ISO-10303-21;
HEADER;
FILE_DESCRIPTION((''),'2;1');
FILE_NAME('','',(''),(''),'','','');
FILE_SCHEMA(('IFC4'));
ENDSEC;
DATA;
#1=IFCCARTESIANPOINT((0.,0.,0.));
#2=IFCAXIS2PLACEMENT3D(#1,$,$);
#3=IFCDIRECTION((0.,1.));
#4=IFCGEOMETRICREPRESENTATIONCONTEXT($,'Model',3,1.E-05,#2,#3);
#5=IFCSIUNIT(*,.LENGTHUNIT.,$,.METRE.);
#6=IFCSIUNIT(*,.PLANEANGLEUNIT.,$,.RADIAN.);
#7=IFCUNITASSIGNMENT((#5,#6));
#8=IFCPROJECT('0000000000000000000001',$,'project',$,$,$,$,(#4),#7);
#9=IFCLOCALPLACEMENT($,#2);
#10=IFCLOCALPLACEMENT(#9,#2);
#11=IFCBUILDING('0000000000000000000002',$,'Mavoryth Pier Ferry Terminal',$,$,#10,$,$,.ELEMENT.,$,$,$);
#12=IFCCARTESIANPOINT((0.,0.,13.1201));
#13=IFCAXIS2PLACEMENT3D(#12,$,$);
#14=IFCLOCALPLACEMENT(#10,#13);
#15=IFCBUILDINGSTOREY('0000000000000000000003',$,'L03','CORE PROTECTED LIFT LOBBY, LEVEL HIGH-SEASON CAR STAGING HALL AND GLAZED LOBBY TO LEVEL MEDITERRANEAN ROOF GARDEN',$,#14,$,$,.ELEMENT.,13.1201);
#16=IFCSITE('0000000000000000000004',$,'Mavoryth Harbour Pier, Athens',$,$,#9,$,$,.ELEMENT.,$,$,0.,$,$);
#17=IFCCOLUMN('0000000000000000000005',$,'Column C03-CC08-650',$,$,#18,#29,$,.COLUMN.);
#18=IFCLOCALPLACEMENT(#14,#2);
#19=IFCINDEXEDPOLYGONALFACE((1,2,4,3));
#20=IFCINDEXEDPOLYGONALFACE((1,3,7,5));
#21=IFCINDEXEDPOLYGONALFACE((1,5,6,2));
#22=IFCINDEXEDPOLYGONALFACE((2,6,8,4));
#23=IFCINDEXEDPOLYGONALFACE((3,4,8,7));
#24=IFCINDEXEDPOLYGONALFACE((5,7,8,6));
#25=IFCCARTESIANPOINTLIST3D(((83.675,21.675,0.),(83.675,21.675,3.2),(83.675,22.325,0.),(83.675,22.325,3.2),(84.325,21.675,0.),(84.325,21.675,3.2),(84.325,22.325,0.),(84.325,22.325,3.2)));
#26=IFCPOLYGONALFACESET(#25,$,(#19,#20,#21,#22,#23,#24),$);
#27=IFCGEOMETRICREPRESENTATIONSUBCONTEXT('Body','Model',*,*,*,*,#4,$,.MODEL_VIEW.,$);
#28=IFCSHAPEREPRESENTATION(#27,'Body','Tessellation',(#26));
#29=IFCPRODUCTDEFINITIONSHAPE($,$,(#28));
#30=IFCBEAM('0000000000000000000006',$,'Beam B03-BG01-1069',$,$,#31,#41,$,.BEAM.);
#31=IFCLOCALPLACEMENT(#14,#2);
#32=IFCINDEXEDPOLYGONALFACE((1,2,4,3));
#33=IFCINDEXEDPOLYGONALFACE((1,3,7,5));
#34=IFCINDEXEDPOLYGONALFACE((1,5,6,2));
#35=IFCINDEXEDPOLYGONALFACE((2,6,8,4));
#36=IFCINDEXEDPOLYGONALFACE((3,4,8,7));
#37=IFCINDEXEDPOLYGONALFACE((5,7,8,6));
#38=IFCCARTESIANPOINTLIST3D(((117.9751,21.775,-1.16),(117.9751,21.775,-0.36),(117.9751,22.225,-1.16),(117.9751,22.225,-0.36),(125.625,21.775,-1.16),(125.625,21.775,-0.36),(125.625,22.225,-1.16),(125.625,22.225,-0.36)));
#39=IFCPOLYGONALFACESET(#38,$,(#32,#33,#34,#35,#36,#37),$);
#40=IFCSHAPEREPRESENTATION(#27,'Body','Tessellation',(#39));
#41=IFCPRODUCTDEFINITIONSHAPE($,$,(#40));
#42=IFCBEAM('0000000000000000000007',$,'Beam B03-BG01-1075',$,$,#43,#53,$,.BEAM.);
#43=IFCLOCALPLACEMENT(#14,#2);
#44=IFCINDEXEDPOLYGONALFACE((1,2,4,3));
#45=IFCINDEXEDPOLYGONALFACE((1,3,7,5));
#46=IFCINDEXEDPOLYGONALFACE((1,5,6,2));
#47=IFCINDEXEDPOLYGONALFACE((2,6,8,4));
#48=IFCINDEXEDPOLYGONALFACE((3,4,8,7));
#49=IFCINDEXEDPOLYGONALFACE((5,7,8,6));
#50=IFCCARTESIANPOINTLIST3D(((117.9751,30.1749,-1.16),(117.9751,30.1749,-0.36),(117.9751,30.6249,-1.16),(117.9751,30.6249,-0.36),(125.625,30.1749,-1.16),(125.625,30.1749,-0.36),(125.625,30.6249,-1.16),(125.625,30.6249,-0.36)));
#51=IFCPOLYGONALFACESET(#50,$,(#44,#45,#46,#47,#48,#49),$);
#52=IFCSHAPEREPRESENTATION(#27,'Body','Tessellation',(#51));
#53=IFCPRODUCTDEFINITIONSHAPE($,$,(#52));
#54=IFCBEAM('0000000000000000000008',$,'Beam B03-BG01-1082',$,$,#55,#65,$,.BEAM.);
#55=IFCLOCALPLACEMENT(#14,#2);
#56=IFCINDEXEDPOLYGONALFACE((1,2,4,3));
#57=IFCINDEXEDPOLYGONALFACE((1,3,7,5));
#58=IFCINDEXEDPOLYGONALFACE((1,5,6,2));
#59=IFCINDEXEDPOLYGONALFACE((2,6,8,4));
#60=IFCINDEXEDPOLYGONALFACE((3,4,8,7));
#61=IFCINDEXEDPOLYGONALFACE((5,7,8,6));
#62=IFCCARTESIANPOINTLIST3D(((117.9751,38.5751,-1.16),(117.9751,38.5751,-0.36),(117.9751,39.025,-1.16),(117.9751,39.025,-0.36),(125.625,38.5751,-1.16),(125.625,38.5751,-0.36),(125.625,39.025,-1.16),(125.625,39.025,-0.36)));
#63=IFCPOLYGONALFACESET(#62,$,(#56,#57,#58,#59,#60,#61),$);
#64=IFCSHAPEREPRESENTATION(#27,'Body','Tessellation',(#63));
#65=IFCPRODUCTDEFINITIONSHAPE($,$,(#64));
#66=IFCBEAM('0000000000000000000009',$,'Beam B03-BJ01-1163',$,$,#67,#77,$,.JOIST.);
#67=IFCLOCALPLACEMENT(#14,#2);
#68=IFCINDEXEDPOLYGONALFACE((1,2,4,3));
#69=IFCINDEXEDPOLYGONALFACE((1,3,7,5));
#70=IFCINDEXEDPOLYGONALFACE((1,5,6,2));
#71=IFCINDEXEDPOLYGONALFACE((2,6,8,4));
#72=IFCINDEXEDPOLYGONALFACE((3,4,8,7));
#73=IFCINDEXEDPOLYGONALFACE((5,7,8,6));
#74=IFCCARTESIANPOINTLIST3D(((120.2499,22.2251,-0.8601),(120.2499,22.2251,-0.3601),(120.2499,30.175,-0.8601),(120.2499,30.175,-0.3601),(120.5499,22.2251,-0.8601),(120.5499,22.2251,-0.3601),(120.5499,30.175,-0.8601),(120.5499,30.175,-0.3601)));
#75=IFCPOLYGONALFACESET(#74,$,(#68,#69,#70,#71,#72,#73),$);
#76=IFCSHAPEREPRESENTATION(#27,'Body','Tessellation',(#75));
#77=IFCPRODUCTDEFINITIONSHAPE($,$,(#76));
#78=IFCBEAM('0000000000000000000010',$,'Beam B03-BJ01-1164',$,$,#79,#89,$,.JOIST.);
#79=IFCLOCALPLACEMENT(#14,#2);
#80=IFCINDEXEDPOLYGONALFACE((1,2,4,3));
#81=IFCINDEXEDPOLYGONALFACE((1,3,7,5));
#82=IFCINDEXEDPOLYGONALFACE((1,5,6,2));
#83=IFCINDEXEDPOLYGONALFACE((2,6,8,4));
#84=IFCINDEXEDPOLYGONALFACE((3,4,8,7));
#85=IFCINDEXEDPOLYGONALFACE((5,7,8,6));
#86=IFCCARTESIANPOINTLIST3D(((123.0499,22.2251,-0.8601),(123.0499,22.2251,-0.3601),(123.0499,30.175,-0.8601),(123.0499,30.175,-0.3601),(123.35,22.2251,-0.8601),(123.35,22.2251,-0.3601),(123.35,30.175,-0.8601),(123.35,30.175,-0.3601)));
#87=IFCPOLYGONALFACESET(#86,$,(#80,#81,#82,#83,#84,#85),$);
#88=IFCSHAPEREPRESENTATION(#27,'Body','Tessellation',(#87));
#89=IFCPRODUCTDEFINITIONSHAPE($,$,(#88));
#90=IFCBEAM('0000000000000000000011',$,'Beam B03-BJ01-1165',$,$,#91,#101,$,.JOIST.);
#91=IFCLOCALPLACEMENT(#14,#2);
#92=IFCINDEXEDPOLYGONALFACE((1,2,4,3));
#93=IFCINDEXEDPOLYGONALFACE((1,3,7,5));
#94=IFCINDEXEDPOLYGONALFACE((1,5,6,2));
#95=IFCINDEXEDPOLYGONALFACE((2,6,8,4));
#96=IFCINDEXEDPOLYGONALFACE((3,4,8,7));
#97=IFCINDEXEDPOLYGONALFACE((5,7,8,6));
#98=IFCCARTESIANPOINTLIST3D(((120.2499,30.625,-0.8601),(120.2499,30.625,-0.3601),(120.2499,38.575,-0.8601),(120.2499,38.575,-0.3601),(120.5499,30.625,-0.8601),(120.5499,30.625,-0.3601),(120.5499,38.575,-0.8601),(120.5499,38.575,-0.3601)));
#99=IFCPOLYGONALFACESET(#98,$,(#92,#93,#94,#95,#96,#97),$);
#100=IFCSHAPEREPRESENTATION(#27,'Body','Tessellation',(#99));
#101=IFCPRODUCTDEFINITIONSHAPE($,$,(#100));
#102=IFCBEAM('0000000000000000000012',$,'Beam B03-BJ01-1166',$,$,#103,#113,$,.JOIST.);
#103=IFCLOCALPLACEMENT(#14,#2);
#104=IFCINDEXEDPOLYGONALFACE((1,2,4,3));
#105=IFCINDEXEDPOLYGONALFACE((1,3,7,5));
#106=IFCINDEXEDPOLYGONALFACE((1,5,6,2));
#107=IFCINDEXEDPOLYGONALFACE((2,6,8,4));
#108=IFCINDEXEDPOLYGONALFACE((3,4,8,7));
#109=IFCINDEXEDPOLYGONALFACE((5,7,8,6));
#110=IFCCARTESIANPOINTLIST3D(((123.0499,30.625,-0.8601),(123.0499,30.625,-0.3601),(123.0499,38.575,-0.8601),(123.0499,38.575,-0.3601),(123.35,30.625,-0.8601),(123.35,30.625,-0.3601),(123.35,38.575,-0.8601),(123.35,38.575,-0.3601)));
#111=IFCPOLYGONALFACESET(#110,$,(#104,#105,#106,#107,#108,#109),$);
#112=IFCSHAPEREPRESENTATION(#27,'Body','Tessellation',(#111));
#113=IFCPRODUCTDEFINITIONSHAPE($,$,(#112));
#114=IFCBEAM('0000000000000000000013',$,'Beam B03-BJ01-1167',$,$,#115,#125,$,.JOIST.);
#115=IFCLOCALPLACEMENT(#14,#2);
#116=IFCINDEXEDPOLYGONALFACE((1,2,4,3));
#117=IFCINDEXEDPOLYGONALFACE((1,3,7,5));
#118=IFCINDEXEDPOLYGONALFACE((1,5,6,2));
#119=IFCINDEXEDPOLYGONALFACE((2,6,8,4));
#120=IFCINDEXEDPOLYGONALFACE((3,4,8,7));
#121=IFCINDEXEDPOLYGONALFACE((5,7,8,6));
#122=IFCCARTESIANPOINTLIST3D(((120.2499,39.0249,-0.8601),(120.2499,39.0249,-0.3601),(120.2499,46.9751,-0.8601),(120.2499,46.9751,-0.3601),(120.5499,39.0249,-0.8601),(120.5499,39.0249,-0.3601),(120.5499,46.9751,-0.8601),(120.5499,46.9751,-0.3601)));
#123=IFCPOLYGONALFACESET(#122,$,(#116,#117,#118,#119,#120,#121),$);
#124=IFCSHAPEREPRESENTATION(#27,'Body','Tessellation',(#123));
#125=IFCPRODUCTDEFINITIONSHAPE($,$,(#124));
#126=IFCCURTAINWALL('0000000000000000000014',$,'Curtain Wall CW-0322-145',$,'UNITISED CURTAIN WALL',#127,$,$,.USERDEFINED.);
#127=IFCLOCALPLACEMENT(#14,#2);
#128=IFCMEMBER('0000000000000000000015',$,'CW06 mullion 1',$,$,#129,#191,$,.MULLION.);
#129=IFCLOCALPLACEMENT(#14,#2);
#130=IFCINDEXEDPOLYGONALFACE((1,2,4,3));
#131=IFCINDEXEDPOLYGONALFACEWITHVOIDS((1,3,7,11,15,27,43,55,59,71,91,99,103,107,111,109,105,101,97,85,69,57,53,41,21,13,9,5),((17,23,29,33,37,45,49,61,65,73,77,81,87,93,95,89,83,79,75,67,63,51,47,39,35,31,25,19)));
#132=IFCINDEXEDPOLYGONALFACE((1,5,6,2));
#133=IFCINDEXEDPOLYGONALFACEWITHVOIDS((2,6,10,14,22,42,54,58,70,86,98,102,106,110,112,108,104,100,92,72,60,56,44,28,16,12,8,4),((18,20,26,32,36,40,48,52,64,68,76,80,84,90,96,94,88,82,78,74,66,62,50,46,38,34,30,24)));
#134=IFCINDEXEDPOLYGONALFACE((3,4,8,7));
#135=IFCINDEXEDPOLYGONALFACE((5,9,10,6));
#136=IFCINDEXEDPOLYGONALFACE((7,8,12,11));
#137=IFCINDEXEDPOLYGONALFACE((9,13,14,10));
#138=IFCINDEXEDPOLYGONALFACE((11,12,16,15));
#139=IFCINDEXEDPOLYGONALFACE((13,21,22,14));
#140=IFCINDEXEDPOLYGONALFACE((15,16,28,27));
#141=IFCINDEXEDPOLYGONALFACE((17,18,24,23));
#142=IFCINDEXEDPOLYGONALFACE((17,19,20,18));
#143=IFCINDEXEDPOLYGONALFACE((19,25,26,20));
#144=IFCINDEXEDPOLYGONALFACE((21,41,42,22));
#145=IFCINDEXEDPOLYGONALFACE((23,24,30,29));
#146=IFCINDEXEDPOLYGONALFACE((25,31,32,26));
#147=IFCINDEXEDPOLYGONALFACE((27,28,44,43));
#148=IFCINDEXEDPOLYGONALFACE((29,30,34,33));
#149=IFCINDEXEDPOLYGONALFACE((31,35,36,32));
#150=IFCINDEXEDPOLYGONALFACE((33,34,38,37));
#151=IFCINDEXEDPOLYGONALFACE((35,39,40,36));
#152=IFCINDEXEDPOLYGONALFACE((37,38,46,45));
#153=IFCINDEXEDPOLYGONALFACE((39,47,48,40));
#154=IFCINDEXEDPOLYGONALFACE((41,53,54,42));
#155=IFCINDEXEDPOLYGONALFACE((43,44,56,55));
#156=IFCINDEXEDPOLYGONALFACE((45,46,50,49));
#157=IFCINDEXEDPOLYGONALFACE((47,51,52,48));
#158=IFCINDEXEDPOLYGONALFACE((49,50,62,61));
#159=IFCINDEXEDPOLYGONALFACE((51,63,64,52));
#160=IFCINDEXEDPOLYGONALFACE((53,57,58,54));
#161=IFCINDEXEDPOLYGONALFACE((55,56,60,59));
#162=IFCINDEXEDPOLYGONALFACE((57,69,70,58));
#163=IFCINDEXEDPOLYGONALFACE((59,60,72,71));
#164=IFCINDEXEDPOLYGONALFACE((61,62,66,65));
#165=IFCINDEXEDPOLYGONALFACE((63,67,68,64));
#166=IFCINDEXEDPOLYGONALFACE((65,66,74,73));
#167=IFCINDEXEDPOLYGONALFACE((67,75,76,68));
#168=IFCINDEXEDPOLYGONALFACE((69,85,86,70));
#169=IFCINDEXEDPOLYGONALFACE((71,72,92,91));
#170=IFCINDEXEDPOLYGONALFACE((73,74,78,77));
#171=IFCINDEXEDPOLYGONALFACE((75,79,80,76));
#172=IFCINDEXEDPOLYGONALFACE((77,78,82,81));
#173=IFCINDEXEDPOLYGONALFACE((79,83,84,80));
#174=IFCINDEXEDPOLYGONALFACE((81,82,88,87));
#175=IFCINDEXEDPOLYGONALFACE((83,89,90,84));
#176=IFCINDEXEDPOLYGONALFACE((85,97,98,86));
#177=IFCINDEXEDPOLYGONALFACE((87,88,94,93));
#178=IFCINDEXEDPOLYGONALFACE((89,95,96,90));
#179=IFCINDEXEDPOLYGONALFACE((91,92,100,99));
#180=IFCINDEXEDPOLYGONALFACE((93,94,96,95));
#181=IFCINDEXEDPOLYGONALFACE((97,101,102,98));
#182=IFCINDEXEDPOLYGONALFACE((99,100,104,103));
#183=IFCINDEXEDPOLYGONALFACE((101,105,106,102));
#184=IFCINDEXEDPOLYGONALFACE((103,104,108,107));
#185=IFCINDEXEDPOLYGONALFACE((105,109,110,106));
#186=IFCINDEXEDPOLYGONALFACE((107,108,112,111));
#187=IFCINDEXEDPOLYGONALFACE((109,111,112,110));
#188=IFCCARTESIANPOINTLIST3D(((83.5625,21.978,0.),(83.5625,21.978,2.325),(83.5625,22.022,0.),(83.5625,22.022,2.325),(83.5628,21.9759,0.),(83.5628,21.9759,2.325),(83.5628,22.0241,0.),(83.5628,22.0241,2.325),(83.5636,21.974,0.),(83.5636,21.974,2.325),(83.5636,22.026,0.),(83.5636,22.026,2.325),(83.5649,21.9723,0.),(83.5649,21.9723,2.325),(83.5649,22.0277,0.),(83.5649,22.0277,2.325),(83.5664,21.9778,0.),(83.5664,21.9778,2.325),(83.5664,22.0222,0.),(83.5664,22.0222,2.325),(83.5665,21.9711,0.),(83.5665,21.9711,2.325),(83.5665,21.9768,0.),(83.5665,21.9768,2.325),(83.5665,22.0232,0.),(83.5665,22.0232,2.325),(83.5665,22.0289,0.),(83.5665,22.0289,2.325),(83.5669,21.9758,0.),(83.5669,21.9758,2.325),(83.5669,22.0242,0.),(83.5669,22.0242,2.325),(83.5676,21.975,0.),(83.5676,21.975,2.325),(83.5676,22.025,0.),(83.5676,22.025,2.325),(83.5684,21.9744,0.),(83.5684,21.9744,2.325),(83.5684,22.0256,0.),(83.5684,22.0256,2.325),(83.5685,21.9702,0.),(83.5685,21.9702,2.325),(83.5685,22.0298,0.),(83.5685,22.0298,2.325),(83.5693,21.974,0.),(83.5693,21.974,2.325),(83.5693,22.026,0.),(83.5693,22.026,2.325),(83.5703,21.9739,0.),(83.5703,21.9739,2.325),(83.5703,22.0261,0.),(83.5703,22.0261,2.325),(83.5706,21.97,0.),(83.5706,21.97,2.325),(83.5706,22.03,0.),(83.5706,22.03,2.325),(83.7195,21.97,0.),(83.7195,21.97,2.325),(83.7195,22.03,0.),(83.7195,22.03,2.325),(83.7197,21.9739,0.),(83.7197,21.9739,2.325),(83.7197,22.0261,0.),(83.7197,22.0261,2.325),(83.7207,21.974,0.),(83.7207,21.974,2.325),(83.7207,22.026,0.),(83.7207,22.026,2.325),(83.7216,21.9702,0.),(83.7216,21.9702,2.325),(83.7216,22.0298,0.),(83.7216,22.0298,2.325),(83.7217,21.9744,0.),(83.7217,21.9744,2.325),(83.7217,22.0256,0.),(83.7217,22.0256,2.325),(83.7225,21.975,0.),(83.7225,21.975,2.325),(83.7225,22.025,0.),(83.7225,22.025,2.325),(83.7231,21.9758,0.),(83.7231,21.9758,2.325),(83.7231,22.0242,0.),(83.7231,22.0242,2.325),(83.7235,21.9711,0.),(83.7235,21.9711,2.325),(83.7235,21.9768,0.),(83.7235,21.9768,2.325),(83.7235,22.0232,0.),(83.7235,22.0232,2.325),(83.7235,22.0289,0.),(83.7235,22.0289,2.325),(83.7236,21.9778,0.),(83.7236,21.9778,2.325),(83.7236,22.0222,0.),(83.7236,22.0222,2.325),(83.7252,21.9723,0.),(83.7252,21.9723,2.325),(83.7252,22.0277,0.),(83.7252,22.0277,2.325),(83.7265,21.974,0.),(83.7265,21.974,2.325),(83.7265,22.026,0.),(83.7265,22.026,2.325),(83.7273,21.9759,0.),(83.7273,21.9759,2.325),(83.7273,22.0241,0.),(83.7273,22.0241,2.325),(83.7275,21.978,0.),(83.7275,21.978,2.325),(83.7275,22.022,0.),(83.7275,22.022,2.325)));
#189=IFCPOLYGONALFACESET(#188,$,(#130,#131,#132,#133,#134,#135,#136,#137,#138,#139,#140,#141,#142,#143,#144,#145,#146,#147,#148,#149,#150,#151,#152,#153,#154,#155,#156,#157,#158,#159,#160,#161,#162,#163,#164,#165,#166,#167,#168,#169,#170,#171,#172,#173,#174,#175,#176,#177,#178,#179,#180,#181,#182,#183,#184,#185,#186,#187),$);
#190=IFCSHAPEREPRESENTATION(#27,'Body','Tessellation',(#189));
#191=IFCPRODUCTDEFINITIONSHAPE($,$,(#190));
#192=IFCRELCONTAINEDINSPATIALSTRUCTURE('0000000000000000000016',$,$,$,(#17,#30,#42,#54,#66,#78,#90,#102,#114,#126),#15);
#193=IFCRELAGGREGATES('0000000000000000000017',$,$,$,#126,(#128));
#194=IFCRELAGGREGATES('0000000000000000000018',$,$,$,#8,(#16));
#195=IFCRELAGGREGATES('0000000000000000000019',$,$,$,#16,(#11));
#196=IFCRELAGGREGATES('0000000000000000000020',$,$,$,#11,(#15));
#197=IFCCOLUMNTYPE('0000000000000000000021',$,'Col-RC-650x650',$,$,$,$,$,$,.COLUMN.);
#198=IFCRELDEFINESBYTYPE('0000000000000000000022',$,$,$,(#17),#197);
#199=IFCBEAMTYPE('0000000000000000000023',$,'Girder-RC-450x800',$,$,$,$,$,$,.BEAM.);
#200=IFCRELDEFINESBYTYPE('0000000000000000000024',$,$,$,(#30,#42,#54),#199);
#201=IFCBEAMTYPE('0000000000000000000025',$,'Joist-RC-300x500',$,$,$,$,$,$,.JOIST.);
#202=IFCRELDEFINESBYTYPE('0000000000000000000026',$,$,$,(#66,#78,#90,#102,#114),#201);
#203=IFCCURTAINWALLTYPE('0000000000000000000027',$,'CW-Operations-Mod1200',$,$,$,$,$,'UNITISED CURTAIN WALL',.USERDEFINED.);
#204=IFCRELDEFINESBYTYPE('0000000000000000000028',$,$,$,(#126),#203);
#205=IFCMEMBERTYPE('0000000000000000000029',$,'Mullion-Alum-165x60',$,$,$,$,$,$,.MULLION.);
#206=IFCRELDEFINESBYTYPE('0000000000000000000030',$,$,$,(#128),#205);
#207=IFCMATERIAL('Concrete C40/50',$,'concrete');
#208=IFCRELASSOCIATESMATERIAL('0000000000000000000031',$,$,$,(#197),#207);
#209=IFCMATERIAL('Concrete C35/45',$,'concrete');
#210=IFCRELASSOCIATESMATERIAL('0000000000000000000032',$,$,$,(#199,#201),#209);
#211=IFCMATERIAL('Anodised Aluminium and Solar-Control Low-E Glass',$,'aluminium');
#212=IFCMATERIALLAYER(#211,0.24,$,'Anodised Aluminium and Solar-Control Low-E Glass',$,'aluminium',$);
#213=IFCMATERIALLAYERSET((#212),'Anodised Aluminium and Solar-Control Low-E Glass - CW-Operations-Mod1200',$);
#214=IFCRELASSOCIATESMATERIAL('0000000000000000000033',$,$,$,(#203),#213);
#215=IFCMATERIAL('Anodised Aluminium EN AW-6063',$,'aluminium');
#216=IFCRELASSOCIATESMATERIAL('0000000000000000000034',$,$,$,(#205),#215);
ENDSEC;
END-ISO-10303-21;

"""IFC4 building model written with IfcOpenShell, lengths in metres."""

from ifc_helpers import new_model, si_unit, direction, frame, origin, origin_2d, place, context, subcontext, project, spatial, rectangle, hollow_rectangle, extrude, material, layer, layer_set, material_profile, profile_set, type_object, element, aggregate, save


model = new_model("IFC4")

# Units and contexts
model_context = context("Model", 3, precision=1e-05, world=origin(), true_north=direction((0.0, 1.0)))
body_context = subcontext(model_context, "Body", "Model", "MODEL_VIEW")
ifc_project = project(units=[si_unit("LENGTHUNIT", "METRE"), si_unit("PLANEANGLEUNIT", "RADIAN")], contexts=[model_context])

# Site, building, storey
site_placement = place(None, origin())
site = spatial("IfcSite", under=ifc_project, at=site_placement, Name="Mavoryth Harbour Pier, Athens", CompositionType="ELEMENT", RefElevation=0.0)
building_placement = place(site_placement, origin())
building = spatial("IfcBuilding", under=site, at=building_placement, Name="Mavoryth Pier Ferry Terminal", CompositionType="ELEMENT")
storey_placement = place(building_placement, frame((0.0, 0.0, 13.1201)))
storey = spatial("IfcBuildingStorey", under=building, at=storey_placement, Name="L03", Description="CORE PROTECTED LIFT LOBBY, LEVEL HIGH-SEASON CAR STAGING HALL AND GLAZED LOBBY TO LEVEL MEDITERRANEAN ROOF GARDEN", CompositionType="ELEMENT", Elevation=13.1201)

# Column
ifc_material_1 = material(Name="Concrete C40/50", Category="concrete")
ifc_material_profile_1 = material_profile(ifc_material_1, rectangle(XDim=0.6499, YDim=0.6499, at=origin_2d()), Name="RC 650x650", Category="concrete")
ifc_profile_set_1 = profile_set([ifc_material_profile_1], Name="Concrete C40/50 - RC 650x650")
column_type = type_object("IfcColumnType", Name="Col-RC-650x650", PredefinedType="COLUMN", material=ifc_profile_set_1)
column_placement = place(storey_placement, frame((84.0, 22.0, 0.0), z_axis=(0.0, 0.0, 1.0), x_axis=(1.0, 0.0, 0.0)))
element("IfcColumn", 1, at=column_placement, inside=storey, type_object=column_type, Name="Column C03-CC08-650", PredefinedType="COLUMN", context=body_context, shape_type="SweptSolid", body=[
    extrude(rectangle(XDim=0.6499, YDim=0.6499, at=origin_2d()), origin(), (0.0, 0.0, 1.0), 3.2),
])

# Beams
ifc_material_2 = material(Name="Concrete C35/45", Category="concrete")
ifc_material_profile_2 = material_profile(ifc_material_2, rectangle(XDim=0.45, YDim=0.8, at=origin_2d()), Name="RC 450x800", Category="concrete")
ifc_profile_set_2 = profile_set([ifc_material_profile_2], Name="Concrete C35/45 - RC 450x800")
beam_type_1 = type_object("IfcBeamType", Name="Girder-RC-450x800", PredefinedType="BEAM", material=ifc_profile_set_2)
for number, where, z_axis, x_axis, name in (
    (2, (117.9751, 22.0, -0.76), (1.0, 0.0, 0.0), (0.0, 1.0, 0.0), "Beam B03-BG01-1069"),
    (3, (117.9751, 30.3999, -0.76), (1.0, 0.0, 0.0), (0.0, 1.0, 0.0), "Beam B03-BG01-1075"),
    (4, (117.9751, 38.8, -0.76), (1.0, 0.0, 0.0), (0.0, 1.0, 0.0), "Beam B03-BG01-1082"),
):
    element("IfcBeam", number, at=place(storey_placement, frame(where, z_axis=z_axis, x_axis=x_axis)), inside=storey, type_object=beam_type_1, Name=name, PredefinedType="BEAM", context=body_context, shape_type="SweptSolid", body=[
        extrude(rectangle(XDim=0.45, YDim=0.8, at=origin_2d()), origin(), (0.0, 0.0, 1.0), 7.6499),
    ])
ifc_material_profile_3 = material_profile(ifc_material_2, rectangle(XDim=0.3, YDim=0.5, at=origin_2d()), Name="RC 300x500", Category="concrete")
ifc_profile_set_3 = profile_set([ifc_material_profile_3], Name="Concrete C35/45 - RC 300x500")
beam_type_2 = type_object("IfcBeamType", Name="Joist-RC-300x500", PredefinedType="JOIST", material=ifc_profile_set_3)
for number, where, z_axis, x_axis, name in (
    (5, (120.3999, 22.2251, -0.6101), (0.0, 1.0, 0.0), (-1.0, 0.0, 0.0), "Beam B03-BJ01-1163"),
    (6, (123.2, 22.2251, -0.6101), (0.0, 1.0, 0.0), (-1.0, 0.0, 0.0), "Beam B03-BJ01-1164"),
    (7, (120.3999, 30.625, -0.6101), (0.0, 1.0, 0.0), (-1.0, 0.0, 0.0), "Beam B03-BJ01-1165"),
    (8, (123.2, 30.625, -0.6101), (0.0, 1.0, 0.0), (-1.0, 0.0, 0.0), "Beam B03-BJ01-1166"),
):
    element("IfcBeam", number, at=place(storey_placement, frame(where, z_axis=z_axis, x_axis=x_axis)), inside=storey, type_object=beam_type_2, Name=name, PredefinedType="JOIST", context=body_context, shape_type="SweptSolid", body=[
        extrude(rectangle(XDim=0.3, YDim=0.5, at=origin_2d()), origin(), (0.0, 0.0, 1.0), 7.95),
    ])
beam_1_placement = place(storey_placement, frame((120.3999, 39.0249, -0.6101), z_axis=(0.0, 1.0, 0.0), x_axis=(-1.0, 0.0, 0.0)))
element("IfcBeam", 9, at=beam_1_placement, inside=storey, type_object=beam_type_2, Name="Beam B03-BJ01-1167", PredefinedType="JOIST", context=body_context, shape_type="SweptSolid", body=[
    extrude(rectangle(XDim=0.3, YDim=0.5, at=origin_2d()), origin(), (0.0, 0.0, 1.0), 7.9502),
])

# Curtain wall, member
ifc_material_3 = material(Name="Anodised Aluminium and Solar-Control Low-E Glass", Category="aluminium")
ifc_layer_1 = layer(ifc_material_3, 0.24, Name="Anodised Aluminium and Solar-Control Low-E Glass", Category="aluminium")
ifc_layer_set_1 = layer_set([ifc_layer_1], Name="Anodised Aluminium and Solar-Control Low-E Glass - CW-Operations-Mod1200")
curtain_wall_type = type_object("IfcCurtainWallType", Name="CW-Operations-Mod1200", ElementType="UNITISED CURTAIN WALL", PredefinedType="USERDEFINED", material=ifc_layer_set_1)
curtain_wall_placement = place(storey_placement, origin())
curtain_wall = element("IfcCurtainWall", 10, at=curtain_wall_placement, inside=storey, type_object=curtain_wall_type, Name="Curtain Wall CW-0322-145", ObjectType="UNITISED CURTAIN WALL", PredefinedType="USERDEFINED")
ifc_material_4 = material(Name="Anodised Aluminium EN AW-6063", Category="aluminium")
ifc_material_profile_4 = material_profile(ifc_material_4, hollow_rectangle(XDim=0.0601, YDim=0.165, WallThickness=0.0039, InnerFilletRadius=0.0039, OuterFilletRadius=0.0081, at=origin_2d()), Name="AL-MULL 165x60x4", Category="aluminium")
ifc_profile_set_4 = profile_set([ifc_material_profile_4], Name="Anodised Aluminium EN AW-6063 - AL-MULL 165x60x4")
member_type_1 = type_object("IfcMemberType", Name="Mullion-Alum-165x60", PredefinedType="MULLION", material=ifc_profile_set_4)
member_1_placement = place(storey_placement, frame((83.645, 22.0, 0.0), z_axis=(0.0, 0.0, 1.0), x_axis=(0.0, -1.0, 0.0)))
member_1 = element("IfcMember", 11, at=member_1_placement, type_object=member_type_1, Name="CW06 mullion 1", PredefinedType="MULLION", context=body_context, shape_type="SweptSolid", body=[
    extrude(hollow_rectangle(XDim=0.0601, YDim=0.165, WallThickness=0.0039, InnerFilletRadius=0.0039, OuterFilletRadius=0.0081, at=origin_2d()), origin(), (0.0, 0.0, 1.0), 2.325),
])

aggregate(curtain_wall, [member_1])

save(model, "model.ifc")
